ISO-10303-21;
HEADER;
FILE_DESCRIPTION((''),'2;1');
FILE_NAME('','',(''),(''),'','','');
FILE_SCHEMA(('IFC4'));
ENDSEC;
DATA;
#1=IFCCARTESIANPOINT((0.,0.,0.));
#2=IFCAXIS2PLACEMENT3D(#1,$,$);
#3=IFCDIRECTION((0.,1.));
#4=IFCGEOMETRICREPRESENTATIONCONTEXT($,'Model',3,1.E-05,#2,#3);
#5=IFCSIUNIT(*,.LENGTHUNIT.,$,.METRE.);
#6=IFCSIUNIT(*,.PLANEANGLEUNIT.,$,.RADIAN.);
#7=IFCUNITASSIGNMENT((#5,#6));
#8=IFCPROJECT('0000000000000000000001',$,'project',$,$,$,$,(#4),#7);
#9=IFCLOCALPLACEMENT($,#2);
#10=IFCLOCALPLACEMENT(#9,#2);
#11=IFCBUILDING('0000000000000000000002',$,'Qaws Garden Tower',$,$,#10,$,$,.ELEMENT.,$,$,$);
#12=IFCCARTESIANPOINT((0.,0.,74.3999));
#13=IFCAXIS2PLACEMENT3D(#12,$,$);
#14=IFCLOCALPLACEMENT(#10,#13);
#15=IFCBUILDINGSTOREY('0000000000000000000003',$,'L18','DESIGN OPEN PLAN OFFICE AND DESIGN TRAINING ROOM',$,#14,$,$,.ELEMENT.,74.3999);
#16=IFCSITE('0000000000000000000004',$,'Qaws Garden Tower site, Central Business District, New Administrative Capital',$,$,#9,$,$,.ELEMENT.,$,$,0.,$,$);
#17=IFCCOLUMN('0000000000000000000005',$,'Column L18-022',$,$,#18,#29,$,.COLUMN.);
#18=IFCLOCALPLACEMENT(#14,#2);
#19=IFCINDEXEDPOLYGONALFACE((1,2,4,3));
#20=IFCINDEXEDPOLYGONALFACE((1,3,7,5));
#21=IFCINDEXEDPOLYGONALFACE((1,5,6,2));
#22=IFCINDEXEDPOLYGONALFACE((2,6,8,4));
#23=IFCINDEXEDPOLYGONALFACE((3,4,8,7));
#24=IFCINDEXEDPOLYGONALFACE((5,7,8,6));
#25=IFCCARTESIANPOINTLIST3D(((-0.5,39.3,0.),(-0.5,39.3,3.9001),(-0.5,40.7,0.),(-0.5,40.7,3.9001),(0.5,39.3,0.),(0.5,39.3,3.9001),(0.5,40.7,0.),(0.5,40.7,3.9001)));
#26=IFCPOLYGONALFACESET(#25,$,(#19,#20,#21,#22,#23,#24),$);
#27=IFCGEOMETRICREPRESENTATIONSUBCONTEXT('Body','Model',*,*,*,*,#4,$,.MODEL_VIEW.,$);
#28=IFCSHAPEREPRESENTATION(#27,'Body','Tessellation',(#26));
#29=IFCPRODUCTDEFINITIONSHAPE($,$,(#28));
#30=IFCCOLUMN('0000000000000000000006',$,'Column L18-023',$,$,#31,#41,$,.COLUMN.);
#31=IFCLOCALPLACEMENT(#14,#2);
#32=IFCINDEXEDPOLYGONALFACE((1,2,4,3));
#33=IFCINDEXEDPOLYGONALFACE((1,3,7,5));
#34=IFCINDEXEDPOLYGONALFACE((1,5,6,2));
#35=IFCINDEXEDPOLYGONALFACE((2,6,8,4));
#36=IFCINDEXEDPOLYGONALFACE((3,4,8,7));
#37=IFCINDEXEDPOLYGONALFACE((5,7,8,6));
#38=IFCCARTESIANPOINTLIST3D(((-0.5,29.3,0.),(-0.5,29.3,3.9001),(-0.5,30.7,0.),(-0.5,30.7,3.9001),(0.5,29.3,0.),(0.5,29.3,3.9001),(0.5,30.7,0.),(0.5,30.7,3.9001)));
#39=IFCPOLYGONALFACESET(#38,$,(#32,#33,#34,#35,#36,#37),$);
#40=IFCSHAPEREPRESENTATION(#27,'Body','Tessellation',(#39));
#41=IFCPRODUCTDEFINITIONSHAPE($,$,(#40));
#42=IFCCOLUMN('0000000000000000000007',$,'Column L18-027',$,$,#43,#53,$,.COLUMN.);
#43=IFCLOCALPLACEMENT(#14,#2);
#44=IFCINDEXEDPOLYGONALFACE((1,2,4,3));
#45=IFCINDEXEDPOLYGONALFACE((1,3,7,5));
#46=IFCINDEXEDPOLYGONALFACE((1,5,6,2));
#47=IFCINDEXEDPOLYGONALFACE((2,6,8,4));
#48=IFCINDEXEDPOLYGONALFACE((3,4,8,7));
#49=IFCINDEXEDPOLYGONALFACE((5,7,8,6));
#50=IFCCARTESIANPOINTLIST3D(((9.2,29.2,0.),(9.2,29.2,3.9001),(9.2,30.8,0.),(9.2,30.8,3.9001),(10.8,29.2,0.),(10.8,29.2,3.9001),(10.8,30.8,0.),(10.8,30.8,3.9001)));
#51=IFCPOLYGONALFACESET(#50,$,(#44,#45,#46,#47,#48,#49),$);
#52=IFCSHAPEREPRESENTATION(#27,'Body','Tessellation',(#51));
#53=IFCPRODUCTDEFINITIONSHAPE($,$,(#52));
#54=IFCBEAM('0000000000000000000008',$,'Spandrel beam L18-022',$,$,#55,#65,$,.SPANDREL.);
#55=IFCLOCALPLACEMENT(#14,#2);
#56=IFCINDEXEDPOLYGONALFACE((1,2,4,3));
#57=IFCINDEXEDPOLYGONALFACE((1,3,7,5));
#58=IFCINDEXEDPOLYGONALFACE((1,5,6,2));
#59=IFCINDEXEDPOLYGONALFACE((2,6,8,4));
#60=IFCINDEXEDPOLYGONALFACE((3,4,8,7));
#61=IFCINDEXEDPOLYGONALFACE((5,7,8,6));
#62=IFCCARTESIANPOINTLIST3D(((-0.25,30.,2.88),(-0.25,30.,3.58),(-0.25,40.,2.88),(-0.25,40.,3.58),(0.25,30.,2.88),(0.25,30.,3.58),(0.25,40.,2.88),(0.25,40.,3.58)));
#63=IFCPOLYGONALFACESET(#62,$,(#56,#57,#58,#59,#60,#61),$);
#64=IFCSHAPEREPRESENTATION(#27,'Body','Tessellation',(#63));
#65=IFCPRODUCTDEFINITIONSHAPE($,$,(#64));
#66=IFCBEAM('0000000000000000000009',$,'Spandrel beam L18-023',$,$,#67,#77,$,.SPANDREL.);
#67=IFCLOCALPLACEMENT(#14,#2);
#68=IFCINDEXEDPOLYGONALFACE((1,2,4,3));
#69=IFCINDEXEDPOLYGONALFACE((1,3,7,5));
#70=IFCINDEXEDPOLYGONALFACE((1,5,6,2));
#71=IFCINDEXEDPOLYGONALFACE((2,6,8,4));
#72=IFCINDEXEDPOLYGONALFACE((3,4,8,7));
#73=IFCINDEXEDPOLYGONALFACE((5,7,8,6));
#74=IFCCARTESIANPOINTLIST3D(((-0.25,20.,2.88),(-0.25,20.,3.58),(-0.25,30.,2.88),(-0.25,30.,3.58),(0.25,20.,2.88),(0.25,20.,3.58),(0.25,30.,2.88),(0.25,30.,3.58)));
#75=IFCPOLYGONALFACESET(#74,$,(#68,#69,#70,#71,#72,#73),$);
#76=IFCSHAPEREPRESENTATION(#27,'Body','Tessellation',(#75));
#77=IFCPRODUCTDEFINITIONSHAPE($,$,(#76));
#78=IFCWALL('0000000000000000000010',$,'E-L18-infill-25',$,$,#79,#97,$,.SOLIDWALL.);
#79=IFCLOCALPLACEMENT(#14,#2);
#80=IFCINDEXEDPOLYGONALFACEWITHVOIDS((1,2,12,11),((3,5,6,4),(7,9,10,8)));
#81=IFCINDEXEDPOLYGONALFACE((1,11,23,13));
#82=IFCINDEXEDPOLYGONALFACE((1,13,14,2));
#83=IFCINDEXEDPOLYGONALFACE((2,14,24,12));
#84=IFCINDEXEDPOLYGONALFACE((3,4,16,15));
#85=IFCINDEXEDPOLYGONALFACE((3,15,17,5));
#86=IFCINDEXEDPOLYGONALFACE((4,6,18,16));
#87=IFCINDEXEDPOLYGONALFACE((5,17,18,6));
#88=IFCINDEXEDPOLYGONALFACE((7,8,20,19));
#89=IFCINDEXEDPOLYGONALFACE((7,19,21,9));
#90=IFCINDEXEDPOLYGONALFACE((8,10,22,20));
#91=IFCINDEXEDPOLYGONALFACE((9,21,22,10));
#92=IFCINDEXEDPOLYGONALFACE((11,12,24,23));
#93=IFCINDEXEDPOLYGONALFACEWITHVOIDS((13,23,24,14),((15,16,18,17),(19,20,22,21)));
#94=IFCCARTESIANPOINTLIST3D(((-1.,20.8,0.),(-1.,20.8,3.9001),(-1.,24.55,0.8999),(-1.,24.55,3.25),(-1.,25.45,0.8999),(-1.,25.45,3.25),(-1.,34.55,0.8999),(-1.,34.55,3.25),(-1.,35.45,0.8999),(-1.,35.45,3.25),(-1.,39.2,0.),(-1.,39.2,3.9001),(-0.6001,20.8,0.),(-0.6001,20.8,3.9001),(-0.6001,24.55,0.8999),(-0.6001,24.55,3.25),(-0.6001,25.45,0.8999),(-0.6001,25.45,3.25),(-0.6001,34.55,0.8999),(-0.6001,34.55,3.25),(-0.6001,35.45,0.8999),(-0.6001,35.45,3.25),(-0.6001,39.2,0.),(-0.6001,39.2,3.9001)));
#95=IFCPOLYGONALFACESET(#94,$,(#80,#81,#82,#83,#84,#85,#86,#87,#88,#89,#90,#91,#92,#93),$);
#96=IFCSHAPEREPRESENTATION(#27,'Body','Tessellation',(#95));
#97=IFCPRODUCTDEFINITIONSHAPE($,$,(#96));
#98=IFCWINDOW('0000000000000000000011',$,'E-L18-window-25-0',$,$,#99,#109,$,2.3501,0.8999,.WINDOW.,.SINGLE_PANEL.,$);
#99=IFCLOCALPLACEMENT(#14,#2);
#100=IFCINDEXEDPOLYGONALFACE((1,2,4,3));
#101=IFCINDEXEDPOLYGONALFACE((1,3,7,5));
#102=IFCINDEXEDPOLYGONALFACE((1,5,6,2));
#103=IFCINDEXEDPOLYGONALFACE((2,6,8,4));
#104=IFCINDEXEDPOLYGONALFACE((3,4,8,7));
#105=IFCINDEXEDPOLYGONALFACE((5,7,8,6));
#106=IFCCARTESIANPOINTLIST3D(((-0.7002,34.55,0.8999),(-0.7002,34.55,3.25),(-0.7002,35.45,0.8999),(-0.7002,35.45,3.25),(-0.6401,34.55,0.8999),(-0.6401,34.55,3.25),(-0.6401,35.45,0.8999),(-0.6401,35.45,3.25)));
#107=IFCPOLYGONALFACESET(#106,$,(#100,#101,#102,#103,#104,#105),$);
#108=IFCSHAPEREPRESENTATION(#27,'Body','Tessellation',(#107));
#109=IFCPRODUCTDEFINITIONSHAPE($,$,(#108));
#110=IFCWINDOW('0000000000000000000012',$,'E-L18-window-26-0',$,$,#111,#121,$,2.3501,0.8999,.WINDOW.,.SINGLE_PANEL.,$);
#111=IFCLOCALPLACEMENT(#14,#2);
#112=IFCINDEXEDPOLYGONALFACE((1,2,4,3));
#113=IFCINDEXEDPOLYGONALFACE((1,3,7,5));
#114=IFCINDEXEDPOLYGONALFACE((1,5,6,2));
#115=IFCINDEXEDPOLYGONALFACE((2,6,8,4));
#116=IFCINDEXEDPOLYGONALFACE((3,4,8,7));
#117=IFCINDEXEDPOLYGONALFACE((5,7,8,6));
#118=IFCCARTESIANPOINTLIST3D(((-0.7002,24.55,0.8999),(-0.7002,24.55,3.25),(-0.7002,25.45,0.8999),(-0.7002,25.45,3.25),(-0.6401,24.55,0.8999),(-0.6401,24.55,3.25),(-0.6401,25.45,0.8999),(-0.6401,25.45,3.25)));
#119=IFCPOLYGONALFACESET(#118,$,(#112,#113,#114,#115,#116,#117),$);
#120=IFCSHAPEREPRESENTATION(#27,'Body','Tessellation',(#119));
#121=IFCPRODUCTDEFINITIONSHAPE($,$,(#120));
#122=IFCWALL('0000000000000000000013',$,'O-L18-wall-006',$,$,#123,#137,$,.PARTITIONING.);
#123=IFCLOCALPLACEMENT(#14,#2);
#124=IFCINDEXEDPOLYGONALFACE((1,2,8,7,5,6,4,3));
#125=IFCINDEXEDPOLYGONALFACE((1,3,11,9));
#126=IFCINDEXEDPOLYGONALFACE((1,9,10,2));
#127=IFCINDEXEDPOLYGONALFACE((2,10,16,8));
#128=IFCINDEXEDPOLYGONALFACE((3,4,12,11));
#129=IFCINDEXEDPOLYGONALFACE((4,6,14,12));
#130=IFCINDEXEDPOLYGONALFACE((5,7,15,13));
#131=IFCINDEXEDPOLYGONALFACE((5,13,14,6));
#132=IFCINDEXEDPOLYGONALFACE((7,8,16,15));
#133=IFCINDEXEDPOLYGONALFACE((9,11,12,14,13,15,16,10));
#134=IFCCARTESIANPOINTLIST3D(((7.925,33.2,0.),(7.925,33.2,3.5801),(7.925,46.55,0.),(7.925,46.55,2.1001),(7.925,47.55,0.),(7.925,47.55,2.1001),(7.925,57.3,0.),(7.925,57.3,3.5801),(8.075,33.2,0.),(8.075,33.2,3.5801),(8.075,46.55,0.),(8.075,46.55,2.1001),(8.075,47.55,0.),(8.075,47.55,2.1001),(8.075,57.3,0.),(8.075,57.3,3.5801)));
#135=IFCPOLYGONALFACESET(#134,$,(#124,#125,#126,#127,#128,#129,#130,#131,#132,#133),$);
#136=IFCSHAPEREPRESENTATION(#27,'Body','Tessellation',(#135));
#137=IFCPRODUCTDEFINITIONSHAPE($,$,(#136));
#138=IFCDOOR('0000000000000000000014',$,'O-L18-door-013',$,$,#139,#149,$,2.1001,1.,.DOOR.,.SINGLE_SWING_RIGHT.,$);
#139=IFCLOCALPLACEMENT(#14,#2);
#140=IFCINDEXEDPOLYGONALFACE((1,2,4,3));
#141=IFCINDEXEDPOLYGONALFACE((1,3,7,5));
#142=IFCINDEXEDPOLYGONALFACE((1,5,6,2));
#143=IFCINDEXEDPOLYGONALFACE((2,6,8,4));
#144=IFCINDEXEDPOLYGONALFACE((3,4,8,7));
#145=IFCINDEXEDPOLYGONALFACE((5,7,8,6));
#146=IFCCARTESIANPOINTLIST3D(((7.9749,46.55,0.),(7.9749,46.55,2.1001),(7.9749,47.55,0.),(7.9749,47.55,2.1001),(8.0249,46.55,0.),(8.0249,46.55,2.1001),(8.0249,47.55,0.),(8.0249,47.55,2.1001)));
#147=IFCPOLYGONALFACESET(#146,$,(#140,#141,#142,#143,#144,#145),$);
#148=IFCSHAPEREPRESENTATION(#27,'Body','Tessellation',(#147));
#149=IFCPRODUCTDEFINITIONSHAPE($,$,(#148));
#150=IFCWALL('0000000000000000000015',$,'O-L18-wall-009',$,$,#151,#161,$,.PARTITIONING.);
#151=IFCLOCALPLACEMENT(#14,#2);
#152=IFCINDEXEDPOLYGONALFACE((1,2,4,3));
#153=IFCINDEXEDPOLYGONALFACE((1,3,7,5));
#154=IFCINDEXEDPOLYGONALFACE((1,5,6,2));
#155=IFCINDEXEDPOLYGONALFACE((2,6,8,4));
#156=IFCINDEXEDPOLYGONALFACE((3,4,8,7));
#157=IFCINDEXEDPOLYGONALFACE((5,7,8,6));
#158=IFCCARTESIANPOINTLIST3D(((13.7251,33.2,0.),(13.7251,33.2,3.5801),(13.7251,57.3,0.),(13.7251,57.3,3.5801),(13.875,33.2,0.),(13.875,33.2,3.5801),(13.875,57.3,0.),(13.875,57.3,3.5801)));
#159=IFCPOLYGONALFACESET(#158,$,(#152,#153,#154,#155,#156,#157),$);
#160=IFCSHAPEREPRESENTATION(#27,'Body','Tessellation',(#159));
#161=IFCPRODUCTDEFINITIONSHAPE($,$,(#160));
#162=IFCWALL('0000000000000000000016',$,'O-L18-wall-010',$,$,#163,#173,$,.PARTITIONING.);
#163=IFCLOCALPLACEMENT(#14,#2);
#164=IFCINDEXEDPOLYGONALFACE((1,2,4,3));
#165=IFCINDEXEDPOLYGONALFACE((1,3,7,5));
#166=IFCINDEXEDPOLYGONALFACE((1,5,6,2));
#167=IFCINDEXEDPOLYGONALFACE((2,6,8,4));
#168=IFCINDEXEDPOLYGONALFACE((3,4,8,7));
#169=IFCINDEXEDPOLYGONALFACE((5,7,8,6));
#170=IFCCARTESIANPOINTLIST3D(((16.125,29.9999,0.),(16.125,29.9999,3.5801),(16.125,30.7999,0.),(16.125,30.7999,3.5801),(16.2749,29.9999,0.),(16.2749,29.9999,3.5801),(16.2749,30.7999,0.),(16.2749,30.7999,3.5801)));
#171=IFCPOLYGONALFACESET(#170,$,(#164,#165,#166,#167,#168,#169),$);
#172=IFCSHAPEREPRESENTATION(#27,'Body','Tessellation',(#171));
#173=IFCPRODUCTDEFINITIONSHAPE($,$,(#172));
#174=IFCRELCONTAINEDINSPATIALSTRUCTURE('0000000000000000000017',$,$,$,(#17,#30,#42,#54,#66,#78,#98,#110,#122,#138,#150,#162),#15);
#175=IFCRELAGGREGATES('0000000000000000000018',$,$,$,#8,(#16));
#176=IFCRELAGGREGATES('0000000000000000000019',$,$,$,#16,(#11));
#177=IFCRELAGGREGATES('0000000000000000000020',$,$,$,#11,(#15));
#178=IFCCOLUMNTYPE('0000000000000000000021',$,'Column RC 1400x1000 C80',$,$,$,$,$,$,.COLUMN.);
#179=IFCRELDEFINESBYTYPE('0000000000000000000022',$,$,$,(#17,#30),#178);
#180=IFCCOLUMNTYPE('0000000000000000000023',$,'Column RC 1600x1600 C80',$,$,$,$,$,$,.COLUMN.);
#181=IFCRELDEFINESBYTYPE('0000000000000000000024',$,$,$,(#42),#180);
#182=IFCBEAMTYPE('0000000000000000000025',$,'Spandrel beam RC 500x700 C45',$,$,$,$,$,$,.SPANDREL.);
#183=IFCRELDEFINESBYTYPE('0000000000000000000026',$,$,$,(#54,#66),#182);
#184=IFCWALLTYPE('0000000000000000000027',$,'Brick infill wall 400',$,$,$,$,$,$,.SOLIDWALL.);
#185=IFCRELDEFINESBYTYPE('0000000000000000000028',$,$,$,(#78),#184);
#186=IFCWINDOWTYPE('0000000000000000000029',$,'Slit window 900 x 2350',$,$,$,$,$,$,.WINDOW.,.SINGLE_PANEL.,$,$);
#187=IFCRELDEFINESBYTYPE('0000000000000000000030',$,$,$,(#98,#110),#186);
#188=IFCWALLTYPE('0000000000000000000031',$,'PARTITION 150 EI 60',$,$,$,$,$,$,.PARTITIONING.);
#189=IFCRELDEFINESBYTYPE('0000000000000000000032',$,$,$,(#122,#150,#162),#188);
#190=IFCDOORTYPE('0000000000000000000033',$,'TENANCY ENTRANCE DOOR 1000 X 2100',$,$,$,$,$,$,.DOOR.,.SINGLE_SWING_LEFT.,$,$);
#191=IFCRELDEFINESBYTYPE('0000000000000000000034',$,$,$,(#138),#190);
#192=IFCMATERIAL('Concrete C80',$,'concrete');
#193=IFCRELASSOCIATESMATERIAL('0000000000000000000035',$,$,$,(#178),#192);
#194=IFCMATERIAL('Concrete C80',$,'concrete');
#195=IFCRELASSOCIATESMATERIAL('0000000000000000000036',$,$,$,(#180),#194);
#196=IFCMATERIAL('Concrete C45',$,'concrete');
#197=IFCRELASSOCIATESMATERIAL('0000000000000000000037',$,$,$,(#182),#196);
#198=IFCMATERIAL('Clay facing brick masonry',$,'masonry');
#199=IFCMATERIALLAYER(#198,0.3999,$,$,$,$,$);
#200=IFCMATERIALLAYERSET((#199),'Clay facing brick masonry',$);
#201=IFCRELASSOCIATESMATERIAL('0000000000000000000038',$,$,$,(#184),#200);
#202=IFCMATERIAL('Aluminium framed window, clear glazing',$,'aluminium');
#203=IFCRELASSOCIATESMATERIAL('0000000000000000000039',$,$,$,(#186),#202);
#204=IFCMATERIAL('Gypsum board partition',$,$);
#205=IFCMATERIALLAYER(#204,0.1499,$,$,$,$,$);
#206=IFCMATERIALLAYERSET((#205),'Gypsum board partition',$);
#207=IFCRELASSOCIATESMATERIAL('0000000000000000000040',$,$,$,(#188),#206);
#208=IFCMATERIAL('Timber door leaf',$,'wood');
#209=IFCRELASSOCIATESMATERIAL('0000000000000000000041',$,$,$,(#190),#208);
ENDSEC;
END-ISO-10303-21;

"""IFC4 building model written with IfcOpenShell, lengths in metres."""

from ifc_helpers import new_model, si_unit, direction, frame, frame_2d, origin, origin_2d, place, context, subcontext, project, spatial, rectangle, extrude, material, layer, layer_set, material_profile, profile_set, type_object, element, fill, save


model = new_model("IFC4")

# Units and contexts
model_context = context("Model", 3, precision=1e-05, world=origin(), true_north=direction((0.0, 1.0)))
body_context = subcontext(model_context, "Body", "Model", "MODEL_VIEW")
ifc_project = project(units=[si_unit("LENGTHUNIT", "METRE"), si_unit("PLANEANGLEUNIT", "RADIAN")], contexts=[model_context])

# Site, building, storey
site_placement = place(None, origin())
site = spatial("IfcSite", under=ifc_project, at=site_placement, Name="Qaws Garden Tower site, Central Business District, New Administrative Capital", CompositionType="ELEMENT", RefElevation=0.0)
building_placement = place(site_placement, origin())
building = spatial("IfcBuilding", under=site, at=building_placement, Name="Qaws Garden Tower", CompositionType="ELEMENT")
storey_placement = place(building_placement, frame((0.0, 0.0, 74.3999)))
storey = spatial("IfcBuildingStorey", under=building, at=storey_placement, Name="L18", Description="DESIGN OPEN PLAN OFFICE AND DESIGN TRAINING ROOM", CompositionType="ELEMENT", Elevation=74.3999)

# Columns
ifc_material_1 = material(Name="Concrete C80", Category="concrete")
ifc_material_profile_1 = material_profile(ifc_material_1, rectangle(XDim=1.3999, YDim=1.0, at=origin_2d()), Name="RC 1400x1000")
ifc_profile_set_1 = profile_set([ifc_material_profile_1], Name="Concrete C80")
column_type_1 = type_object("IfcColumnType", Name="Column RC 1400x1000 C80", PredefinedType="COLUMN", material=ifc_profile_set_1)
for number, where, z_axis, x_axis, name in (
    (1, (0.0, 40.0, 0.0), (0.0, 0.0, 1.0), (0.0, 1.0, 0.0), "Column L18-022"),
    (2, (0.0, 30.0, 0.0), (0.0, 0.0, 1.0), (0.0, 1.0, 0.0), "Column L18-023"),
):
    element("IfcColumn", number, at=place(storey_placement, frame(where, z_axis=z_axis, x_axis=x_axis)), inside=storey, type_object=column_type_1, Name=name, PredefinedType="COLUMN", context=body_context, shape_type="SweptSolid", body=[
        extrude(rectangle(XDim=1.3999, YDim=1.0, at=origin_2d()), origin(), (0.0, 0.0, 1.0), 3.9001),
    ])
ifc_material_2 = material(Name="Concrete C80", Category="concrete")
ifc_material_profile_2 = material_profile(ifc_material_2, rectangle(XDim=1.6001, YDim=1.6001, at=origin_2d()), Name="RC 1600x1600")
ifc_profile_set_2 = profile_set([ifc_material_profile_2], Name="Concrete C80")
column_type_2 = type_object("IfcColumnType", Name="Column RC 1600x1600 C80", PredefinedType="COLUMN", material=ifc_profile_set_2)
column_placement = place(storey_placement, frame((10.0, 30.0, 0.0), z_axis=(0.0, 0.0, 1.0), x_axis=(1.0, 0.0, 0.0)))
element("IfcColumn", 3, at=column_placement, inside=storey, type_object=column_type_2, Name="Column L18-027", PredefinedType="COLUMN", context=body_context, shape_type="SweptSolid", body=[
    extrude(rectangle(XDim=1.6001, YDim=1.6001, at=origin_2d()), origin(), (0.0, 0.0, 1.0), 3.9001),
])

# Beams
ifc_material_3 = material(Name="Concrete C45", Category="concrete")
ifc_material_profile_3 = material_profile(ifc_material_3, rectangle(XDim=0.5, YDim=0.7, at=origin_2d()), Name="RC 500x700")
ifc_profile_set_3 = profile_set([ifc_material_profile_3], Name="Concrete C45")
beam_type = type_object("IfcBeamType", Name="Spandrel beam RC 500x700 C45", PredefinedType="SPANDREL", material=ifc_profile_set_3)
for number, where, z_axis, x_axis, name in (
    (4, (0.0, 40.0, 3.23), (0.0, -1.0, 0.0), (1.0, 0.0, 0.0), "Spandrel beam L18-022"),
    (5, (0.0, 30.0, 3.23), (0.0, -1.0, 0.0), (1.0, 0.0, 0.0), "Spandrel beam L18-023"),
):
    element("IfcBeam", number, at=place(storey_placement, frame(where, z_axis=z_axis, x_axis=x_axis)), inside=storey, type_object=beam_type, Name=name, PredefinedType="SPANDREL", context=body_context, shape_type="SweptSolid", body=[
        extrude(rectangle(XDim=0.5, YDim=0.7, at=origin_2d()), origin(), (0.0, 0.0, 1.0), 10.0),
    ])

# Wall, openings, windows
ifc_material_4 = material(Name="Clay facing brick masonry", Category="masonry")
ifc_layer_1 = layer(ifc_material_4, 0.3999)
ifc_layer_set_1 = layer_set([ifc_layer_1], Name="Clay facing brick masonry")
wall_type_1 = type_object("IfcWallType", Name="Brick infill wall 400", PredefinedType="SOLIDWALL", material=ifc_layer_set_1)
wall_1_placement = place(storey_placement, frame((-0.8, 39.2, 0.0), z_axis=(0.0, 0.0, 1.0), x_axis=(0.0, -1.0, 0.0)))
wall_1 = element("IfcWall", 6, at=wall_1_placement, inside=storey, type_object=wall_type_1, Name="E-L18-infill-25", PredefinedType="SOLIDWALL", context=body_context, shape_type="SweptSolid", body=[
    extrude(rectangle(XDim=18.3999, YDim=0.3999, at=frame_2d((9.2, 0.0))), origin(), (0.0, 0.0, 1.0), 3.9001),
])
opening_1_placement = place(wall_1_placement, frame((3.75, 0.0, 0.8999)))
opening_1 = element("IfcOpeningElement", 7, at=opening_1_placement, cuts=wall_1, PredefinedType="OPENING", context=body_context, shape_type="SweptSolid", body=[
    extrude(rectangle(XDim=0.8999, YDim=2.3501, at=frame_2d((0.45, 1.175))), frame((0.0, 0.21, 0.0), z_axis=(0.0, -1.0, 0.0), x_axis=(1.0, 0.0, 0.0)), (0.0, 0.0, 1.0), 0.4199),
])
opening_2_placement = place(wall_1_placement, frame((13.75, 0.0, 0.8999)))
opening_2 = element("IfcOpeningElement", 8, at=opening_2_placement, cuts=wall_1, PredefinedType="OPENING", context=body_context, shape_type="SweptSolid", body=[
    extrude(rectangle(XDim=0.8999, YDim=2.3501, at=frame_2d((0.45, 1.175))), frame((0.0, 0.21, 0.0), z_axis=(0.0, -1.0, 0.0), x_axis=(1.0, 0.0, 0.0)), (0.0, 0.0, 1.0), 0.4199),
])
ifc_material_5 = material(Name="Aluminium framed window, clear glazing", Category="aluminium")
window_type = type_object("IfcWindowType", Name="Slit window 900 x 2350", PartitioningType="SINGLE_PANEL", PredefinedType="WINDOW", material=ifc_material_5)
window_1_placement = place(opening_1_placement, origin())
window_1 = element("IfcWindow", 9, at=window_1_placement, inside=storey, type_object=window_type, Name="E-L18-window-25-0", OverallHeight=2.3501, OverallWidth=0.8999, PartitioningType="SINGLE_PANEL", PredefinedType="WINDOW", context=body_context, shape_type="SweptSolid", body=[
    extrude(rectangle(XDim=0.8999, YDim=2.3501, at=frame_2d((0.45, 1.175))), frame((0.0, 0.1599, 0.0), z_axis=(0.0, -1.0, 0.0), x_axis=(1.0, 0.0, 0.0)), (0.0, 0.0, 1.0), 0.0601),
])
fill(opening_1, window_1)
window_2_placement = place(opening_2_placement, origin())
window_2 = element("IfcWindow", 10, at=window_2_placement, inside=storey, type_object=window_type, Name="E-L18-window-26-0", OverallHeight=2.3501, OverallWidth=0.8999, PartitioningType="SINGLE_PANEL", PredefinedType="WINDOW", context=body_context, shape_type="SweptSolid", body=[
    extrude(rectangle(XDim=0.8999, YDim=2.3501, at=frame_2d((0.45, 1.175))), frame((0.0, 0.1599, 0.0), z_axis=(0.0, -1.0, 0.0), x_axis=(1.0, 0.0, 0.0)), (0.0, 0.0, 1.0), 0.0601),
])
fill(opening_2, window_2)

# Wall, opening, door
ifc_material_6 = material(Name="Gypsum board partition")
ifc_layer_2 = layer(ifc_material_6, 0.1499)
ifc_layer_set_2 = layer_set([ifc_layer_2], Name="Gypsum board partition")
wall_type_2 = type_object("IfcWallType", Name="PARTITION 150 EI 60", PredefinedType="PARTITIONING", material=ifc_layer_set_2)
wall_2_placement = place(storey_placement, frame((8.0, 33.2, 0.0), z_axis=(0.0, 0.0, 1.0), x_axis=(0.0, 1.0, 0.0)))
wall_2 = element("IfcWall", 11, at=wall_2_placement, inside=storey, type_object=wall_type_2, Name="O-L18-wall-006", PredefinedType="PARTITIONING", context=body_context, shape_type="SweptSolid", body=[
    extrude(rectangle(XDim=24.1001, YDim=0.1499, at=frame_2d((12.05, 0.0))), origin(), (0.0, 0.0, 1.0), 3.5801),
])
opening_3_placement = place(wall_2_placement, frame((13.3501, 0.0, 0.0)))
opening_3 = element("IfcOpeningElement", 12, at=opening_3_placement, cuts=wall_2, PredefinedType="OPENING", context=body_context, shape_type="SweptSolid", body=[
    extrude(rectangle(XDim=1.0, YDim=2.1001, at=frame_2d((0.5, 1.05))), frame((0.0, 0.085, 0.0), z_axis=(0.0, -1.0, 0.0), x_axis=(1.0, 0.0, 0.0)), (0.0, 0.0, 1.0), 0.1699),
])
ifc_material_7 = material(Name="Timber door leaf", Category="wood")
door_type_1 = type_object("IfcDoorType", Name="TENANCY ENTRANCE DOOR 1000 X 2100", OperationType="SINGLE_SWING_LEFT", PredefinedType="DOOR", material=ifc_material_7)
door_1_placement = place(opening_3_placement, frame((1.0, 0.0, 0.0), z_axis=(0.0, 0.0, 1.0), x_axis=(-1.0, 0.0, 0.0)))
door_1 = element("IfcDoor", 13, at=door_1_placement, inside=storey, type_object=door_type_1, Name="O-L18-door-013", OperationType="SINGLE_SWING_RIGHT", OverallHeight=2.1001, OverallWidth=1.0, PredefinedType="DOOR", context=body_context, shape_type="SweptSolid", body=[
    extrude(rectangle(XDim=1.0, YDim=2.1001, at=frame_2d((0.5, 1.05))), frame((0.0, 0.0249, 0.0), z_axis=(0.0, -1.0, 0.0), x_axis=(1.0, 0.0, 0.0)), (0.0, 0.0, 1.0), 0.05),
])
fill(opening_3, door_1)

# Walls
wall_3_placement = place(storey_placement, frame((13.8, 33.2, 0.0), z_axis=(0.0, 0.0, 1.0), x_axis=(0.0, 1.0, 0.0)))
element("IfcWall", 14, at=wall_3_placement, inside=storey, type_object=wall_type_2, Name="O-L18-wall-009", PredefinedType="PARTITIONING", context=body_context, shape_type="SweptSolid", body=[
    extrude(rectangle(XDim=24.1001, YDim=0.1499, at=frame_2d((12.05, 0.0))), origin(), (0.0, 0.0, 1.0), 3.5801),
])
wall_4_placement = place(storey_placement, frame((16.2, 30.0, 0.0), z_axis=(0.0, 0.0, 1.0), x_axis=(0.0, 1.0, 0.0)))
element("IfcWall", 15, at=wall_4_placement, inside=storey, type_object=wall_type_2, Name="O-L18-wall-010", PredefinedType="PARTITIONING", context=body_context, shape_type="SweptSolid", body=[
    extrude(rectangle(XDim=0.8, YDim=0.1499, at=frame_2d((0.3999, 0.0))), origin(), (0.0, 0.0, 1.0), 3.5801),
])

save(model, "model.ifc")
